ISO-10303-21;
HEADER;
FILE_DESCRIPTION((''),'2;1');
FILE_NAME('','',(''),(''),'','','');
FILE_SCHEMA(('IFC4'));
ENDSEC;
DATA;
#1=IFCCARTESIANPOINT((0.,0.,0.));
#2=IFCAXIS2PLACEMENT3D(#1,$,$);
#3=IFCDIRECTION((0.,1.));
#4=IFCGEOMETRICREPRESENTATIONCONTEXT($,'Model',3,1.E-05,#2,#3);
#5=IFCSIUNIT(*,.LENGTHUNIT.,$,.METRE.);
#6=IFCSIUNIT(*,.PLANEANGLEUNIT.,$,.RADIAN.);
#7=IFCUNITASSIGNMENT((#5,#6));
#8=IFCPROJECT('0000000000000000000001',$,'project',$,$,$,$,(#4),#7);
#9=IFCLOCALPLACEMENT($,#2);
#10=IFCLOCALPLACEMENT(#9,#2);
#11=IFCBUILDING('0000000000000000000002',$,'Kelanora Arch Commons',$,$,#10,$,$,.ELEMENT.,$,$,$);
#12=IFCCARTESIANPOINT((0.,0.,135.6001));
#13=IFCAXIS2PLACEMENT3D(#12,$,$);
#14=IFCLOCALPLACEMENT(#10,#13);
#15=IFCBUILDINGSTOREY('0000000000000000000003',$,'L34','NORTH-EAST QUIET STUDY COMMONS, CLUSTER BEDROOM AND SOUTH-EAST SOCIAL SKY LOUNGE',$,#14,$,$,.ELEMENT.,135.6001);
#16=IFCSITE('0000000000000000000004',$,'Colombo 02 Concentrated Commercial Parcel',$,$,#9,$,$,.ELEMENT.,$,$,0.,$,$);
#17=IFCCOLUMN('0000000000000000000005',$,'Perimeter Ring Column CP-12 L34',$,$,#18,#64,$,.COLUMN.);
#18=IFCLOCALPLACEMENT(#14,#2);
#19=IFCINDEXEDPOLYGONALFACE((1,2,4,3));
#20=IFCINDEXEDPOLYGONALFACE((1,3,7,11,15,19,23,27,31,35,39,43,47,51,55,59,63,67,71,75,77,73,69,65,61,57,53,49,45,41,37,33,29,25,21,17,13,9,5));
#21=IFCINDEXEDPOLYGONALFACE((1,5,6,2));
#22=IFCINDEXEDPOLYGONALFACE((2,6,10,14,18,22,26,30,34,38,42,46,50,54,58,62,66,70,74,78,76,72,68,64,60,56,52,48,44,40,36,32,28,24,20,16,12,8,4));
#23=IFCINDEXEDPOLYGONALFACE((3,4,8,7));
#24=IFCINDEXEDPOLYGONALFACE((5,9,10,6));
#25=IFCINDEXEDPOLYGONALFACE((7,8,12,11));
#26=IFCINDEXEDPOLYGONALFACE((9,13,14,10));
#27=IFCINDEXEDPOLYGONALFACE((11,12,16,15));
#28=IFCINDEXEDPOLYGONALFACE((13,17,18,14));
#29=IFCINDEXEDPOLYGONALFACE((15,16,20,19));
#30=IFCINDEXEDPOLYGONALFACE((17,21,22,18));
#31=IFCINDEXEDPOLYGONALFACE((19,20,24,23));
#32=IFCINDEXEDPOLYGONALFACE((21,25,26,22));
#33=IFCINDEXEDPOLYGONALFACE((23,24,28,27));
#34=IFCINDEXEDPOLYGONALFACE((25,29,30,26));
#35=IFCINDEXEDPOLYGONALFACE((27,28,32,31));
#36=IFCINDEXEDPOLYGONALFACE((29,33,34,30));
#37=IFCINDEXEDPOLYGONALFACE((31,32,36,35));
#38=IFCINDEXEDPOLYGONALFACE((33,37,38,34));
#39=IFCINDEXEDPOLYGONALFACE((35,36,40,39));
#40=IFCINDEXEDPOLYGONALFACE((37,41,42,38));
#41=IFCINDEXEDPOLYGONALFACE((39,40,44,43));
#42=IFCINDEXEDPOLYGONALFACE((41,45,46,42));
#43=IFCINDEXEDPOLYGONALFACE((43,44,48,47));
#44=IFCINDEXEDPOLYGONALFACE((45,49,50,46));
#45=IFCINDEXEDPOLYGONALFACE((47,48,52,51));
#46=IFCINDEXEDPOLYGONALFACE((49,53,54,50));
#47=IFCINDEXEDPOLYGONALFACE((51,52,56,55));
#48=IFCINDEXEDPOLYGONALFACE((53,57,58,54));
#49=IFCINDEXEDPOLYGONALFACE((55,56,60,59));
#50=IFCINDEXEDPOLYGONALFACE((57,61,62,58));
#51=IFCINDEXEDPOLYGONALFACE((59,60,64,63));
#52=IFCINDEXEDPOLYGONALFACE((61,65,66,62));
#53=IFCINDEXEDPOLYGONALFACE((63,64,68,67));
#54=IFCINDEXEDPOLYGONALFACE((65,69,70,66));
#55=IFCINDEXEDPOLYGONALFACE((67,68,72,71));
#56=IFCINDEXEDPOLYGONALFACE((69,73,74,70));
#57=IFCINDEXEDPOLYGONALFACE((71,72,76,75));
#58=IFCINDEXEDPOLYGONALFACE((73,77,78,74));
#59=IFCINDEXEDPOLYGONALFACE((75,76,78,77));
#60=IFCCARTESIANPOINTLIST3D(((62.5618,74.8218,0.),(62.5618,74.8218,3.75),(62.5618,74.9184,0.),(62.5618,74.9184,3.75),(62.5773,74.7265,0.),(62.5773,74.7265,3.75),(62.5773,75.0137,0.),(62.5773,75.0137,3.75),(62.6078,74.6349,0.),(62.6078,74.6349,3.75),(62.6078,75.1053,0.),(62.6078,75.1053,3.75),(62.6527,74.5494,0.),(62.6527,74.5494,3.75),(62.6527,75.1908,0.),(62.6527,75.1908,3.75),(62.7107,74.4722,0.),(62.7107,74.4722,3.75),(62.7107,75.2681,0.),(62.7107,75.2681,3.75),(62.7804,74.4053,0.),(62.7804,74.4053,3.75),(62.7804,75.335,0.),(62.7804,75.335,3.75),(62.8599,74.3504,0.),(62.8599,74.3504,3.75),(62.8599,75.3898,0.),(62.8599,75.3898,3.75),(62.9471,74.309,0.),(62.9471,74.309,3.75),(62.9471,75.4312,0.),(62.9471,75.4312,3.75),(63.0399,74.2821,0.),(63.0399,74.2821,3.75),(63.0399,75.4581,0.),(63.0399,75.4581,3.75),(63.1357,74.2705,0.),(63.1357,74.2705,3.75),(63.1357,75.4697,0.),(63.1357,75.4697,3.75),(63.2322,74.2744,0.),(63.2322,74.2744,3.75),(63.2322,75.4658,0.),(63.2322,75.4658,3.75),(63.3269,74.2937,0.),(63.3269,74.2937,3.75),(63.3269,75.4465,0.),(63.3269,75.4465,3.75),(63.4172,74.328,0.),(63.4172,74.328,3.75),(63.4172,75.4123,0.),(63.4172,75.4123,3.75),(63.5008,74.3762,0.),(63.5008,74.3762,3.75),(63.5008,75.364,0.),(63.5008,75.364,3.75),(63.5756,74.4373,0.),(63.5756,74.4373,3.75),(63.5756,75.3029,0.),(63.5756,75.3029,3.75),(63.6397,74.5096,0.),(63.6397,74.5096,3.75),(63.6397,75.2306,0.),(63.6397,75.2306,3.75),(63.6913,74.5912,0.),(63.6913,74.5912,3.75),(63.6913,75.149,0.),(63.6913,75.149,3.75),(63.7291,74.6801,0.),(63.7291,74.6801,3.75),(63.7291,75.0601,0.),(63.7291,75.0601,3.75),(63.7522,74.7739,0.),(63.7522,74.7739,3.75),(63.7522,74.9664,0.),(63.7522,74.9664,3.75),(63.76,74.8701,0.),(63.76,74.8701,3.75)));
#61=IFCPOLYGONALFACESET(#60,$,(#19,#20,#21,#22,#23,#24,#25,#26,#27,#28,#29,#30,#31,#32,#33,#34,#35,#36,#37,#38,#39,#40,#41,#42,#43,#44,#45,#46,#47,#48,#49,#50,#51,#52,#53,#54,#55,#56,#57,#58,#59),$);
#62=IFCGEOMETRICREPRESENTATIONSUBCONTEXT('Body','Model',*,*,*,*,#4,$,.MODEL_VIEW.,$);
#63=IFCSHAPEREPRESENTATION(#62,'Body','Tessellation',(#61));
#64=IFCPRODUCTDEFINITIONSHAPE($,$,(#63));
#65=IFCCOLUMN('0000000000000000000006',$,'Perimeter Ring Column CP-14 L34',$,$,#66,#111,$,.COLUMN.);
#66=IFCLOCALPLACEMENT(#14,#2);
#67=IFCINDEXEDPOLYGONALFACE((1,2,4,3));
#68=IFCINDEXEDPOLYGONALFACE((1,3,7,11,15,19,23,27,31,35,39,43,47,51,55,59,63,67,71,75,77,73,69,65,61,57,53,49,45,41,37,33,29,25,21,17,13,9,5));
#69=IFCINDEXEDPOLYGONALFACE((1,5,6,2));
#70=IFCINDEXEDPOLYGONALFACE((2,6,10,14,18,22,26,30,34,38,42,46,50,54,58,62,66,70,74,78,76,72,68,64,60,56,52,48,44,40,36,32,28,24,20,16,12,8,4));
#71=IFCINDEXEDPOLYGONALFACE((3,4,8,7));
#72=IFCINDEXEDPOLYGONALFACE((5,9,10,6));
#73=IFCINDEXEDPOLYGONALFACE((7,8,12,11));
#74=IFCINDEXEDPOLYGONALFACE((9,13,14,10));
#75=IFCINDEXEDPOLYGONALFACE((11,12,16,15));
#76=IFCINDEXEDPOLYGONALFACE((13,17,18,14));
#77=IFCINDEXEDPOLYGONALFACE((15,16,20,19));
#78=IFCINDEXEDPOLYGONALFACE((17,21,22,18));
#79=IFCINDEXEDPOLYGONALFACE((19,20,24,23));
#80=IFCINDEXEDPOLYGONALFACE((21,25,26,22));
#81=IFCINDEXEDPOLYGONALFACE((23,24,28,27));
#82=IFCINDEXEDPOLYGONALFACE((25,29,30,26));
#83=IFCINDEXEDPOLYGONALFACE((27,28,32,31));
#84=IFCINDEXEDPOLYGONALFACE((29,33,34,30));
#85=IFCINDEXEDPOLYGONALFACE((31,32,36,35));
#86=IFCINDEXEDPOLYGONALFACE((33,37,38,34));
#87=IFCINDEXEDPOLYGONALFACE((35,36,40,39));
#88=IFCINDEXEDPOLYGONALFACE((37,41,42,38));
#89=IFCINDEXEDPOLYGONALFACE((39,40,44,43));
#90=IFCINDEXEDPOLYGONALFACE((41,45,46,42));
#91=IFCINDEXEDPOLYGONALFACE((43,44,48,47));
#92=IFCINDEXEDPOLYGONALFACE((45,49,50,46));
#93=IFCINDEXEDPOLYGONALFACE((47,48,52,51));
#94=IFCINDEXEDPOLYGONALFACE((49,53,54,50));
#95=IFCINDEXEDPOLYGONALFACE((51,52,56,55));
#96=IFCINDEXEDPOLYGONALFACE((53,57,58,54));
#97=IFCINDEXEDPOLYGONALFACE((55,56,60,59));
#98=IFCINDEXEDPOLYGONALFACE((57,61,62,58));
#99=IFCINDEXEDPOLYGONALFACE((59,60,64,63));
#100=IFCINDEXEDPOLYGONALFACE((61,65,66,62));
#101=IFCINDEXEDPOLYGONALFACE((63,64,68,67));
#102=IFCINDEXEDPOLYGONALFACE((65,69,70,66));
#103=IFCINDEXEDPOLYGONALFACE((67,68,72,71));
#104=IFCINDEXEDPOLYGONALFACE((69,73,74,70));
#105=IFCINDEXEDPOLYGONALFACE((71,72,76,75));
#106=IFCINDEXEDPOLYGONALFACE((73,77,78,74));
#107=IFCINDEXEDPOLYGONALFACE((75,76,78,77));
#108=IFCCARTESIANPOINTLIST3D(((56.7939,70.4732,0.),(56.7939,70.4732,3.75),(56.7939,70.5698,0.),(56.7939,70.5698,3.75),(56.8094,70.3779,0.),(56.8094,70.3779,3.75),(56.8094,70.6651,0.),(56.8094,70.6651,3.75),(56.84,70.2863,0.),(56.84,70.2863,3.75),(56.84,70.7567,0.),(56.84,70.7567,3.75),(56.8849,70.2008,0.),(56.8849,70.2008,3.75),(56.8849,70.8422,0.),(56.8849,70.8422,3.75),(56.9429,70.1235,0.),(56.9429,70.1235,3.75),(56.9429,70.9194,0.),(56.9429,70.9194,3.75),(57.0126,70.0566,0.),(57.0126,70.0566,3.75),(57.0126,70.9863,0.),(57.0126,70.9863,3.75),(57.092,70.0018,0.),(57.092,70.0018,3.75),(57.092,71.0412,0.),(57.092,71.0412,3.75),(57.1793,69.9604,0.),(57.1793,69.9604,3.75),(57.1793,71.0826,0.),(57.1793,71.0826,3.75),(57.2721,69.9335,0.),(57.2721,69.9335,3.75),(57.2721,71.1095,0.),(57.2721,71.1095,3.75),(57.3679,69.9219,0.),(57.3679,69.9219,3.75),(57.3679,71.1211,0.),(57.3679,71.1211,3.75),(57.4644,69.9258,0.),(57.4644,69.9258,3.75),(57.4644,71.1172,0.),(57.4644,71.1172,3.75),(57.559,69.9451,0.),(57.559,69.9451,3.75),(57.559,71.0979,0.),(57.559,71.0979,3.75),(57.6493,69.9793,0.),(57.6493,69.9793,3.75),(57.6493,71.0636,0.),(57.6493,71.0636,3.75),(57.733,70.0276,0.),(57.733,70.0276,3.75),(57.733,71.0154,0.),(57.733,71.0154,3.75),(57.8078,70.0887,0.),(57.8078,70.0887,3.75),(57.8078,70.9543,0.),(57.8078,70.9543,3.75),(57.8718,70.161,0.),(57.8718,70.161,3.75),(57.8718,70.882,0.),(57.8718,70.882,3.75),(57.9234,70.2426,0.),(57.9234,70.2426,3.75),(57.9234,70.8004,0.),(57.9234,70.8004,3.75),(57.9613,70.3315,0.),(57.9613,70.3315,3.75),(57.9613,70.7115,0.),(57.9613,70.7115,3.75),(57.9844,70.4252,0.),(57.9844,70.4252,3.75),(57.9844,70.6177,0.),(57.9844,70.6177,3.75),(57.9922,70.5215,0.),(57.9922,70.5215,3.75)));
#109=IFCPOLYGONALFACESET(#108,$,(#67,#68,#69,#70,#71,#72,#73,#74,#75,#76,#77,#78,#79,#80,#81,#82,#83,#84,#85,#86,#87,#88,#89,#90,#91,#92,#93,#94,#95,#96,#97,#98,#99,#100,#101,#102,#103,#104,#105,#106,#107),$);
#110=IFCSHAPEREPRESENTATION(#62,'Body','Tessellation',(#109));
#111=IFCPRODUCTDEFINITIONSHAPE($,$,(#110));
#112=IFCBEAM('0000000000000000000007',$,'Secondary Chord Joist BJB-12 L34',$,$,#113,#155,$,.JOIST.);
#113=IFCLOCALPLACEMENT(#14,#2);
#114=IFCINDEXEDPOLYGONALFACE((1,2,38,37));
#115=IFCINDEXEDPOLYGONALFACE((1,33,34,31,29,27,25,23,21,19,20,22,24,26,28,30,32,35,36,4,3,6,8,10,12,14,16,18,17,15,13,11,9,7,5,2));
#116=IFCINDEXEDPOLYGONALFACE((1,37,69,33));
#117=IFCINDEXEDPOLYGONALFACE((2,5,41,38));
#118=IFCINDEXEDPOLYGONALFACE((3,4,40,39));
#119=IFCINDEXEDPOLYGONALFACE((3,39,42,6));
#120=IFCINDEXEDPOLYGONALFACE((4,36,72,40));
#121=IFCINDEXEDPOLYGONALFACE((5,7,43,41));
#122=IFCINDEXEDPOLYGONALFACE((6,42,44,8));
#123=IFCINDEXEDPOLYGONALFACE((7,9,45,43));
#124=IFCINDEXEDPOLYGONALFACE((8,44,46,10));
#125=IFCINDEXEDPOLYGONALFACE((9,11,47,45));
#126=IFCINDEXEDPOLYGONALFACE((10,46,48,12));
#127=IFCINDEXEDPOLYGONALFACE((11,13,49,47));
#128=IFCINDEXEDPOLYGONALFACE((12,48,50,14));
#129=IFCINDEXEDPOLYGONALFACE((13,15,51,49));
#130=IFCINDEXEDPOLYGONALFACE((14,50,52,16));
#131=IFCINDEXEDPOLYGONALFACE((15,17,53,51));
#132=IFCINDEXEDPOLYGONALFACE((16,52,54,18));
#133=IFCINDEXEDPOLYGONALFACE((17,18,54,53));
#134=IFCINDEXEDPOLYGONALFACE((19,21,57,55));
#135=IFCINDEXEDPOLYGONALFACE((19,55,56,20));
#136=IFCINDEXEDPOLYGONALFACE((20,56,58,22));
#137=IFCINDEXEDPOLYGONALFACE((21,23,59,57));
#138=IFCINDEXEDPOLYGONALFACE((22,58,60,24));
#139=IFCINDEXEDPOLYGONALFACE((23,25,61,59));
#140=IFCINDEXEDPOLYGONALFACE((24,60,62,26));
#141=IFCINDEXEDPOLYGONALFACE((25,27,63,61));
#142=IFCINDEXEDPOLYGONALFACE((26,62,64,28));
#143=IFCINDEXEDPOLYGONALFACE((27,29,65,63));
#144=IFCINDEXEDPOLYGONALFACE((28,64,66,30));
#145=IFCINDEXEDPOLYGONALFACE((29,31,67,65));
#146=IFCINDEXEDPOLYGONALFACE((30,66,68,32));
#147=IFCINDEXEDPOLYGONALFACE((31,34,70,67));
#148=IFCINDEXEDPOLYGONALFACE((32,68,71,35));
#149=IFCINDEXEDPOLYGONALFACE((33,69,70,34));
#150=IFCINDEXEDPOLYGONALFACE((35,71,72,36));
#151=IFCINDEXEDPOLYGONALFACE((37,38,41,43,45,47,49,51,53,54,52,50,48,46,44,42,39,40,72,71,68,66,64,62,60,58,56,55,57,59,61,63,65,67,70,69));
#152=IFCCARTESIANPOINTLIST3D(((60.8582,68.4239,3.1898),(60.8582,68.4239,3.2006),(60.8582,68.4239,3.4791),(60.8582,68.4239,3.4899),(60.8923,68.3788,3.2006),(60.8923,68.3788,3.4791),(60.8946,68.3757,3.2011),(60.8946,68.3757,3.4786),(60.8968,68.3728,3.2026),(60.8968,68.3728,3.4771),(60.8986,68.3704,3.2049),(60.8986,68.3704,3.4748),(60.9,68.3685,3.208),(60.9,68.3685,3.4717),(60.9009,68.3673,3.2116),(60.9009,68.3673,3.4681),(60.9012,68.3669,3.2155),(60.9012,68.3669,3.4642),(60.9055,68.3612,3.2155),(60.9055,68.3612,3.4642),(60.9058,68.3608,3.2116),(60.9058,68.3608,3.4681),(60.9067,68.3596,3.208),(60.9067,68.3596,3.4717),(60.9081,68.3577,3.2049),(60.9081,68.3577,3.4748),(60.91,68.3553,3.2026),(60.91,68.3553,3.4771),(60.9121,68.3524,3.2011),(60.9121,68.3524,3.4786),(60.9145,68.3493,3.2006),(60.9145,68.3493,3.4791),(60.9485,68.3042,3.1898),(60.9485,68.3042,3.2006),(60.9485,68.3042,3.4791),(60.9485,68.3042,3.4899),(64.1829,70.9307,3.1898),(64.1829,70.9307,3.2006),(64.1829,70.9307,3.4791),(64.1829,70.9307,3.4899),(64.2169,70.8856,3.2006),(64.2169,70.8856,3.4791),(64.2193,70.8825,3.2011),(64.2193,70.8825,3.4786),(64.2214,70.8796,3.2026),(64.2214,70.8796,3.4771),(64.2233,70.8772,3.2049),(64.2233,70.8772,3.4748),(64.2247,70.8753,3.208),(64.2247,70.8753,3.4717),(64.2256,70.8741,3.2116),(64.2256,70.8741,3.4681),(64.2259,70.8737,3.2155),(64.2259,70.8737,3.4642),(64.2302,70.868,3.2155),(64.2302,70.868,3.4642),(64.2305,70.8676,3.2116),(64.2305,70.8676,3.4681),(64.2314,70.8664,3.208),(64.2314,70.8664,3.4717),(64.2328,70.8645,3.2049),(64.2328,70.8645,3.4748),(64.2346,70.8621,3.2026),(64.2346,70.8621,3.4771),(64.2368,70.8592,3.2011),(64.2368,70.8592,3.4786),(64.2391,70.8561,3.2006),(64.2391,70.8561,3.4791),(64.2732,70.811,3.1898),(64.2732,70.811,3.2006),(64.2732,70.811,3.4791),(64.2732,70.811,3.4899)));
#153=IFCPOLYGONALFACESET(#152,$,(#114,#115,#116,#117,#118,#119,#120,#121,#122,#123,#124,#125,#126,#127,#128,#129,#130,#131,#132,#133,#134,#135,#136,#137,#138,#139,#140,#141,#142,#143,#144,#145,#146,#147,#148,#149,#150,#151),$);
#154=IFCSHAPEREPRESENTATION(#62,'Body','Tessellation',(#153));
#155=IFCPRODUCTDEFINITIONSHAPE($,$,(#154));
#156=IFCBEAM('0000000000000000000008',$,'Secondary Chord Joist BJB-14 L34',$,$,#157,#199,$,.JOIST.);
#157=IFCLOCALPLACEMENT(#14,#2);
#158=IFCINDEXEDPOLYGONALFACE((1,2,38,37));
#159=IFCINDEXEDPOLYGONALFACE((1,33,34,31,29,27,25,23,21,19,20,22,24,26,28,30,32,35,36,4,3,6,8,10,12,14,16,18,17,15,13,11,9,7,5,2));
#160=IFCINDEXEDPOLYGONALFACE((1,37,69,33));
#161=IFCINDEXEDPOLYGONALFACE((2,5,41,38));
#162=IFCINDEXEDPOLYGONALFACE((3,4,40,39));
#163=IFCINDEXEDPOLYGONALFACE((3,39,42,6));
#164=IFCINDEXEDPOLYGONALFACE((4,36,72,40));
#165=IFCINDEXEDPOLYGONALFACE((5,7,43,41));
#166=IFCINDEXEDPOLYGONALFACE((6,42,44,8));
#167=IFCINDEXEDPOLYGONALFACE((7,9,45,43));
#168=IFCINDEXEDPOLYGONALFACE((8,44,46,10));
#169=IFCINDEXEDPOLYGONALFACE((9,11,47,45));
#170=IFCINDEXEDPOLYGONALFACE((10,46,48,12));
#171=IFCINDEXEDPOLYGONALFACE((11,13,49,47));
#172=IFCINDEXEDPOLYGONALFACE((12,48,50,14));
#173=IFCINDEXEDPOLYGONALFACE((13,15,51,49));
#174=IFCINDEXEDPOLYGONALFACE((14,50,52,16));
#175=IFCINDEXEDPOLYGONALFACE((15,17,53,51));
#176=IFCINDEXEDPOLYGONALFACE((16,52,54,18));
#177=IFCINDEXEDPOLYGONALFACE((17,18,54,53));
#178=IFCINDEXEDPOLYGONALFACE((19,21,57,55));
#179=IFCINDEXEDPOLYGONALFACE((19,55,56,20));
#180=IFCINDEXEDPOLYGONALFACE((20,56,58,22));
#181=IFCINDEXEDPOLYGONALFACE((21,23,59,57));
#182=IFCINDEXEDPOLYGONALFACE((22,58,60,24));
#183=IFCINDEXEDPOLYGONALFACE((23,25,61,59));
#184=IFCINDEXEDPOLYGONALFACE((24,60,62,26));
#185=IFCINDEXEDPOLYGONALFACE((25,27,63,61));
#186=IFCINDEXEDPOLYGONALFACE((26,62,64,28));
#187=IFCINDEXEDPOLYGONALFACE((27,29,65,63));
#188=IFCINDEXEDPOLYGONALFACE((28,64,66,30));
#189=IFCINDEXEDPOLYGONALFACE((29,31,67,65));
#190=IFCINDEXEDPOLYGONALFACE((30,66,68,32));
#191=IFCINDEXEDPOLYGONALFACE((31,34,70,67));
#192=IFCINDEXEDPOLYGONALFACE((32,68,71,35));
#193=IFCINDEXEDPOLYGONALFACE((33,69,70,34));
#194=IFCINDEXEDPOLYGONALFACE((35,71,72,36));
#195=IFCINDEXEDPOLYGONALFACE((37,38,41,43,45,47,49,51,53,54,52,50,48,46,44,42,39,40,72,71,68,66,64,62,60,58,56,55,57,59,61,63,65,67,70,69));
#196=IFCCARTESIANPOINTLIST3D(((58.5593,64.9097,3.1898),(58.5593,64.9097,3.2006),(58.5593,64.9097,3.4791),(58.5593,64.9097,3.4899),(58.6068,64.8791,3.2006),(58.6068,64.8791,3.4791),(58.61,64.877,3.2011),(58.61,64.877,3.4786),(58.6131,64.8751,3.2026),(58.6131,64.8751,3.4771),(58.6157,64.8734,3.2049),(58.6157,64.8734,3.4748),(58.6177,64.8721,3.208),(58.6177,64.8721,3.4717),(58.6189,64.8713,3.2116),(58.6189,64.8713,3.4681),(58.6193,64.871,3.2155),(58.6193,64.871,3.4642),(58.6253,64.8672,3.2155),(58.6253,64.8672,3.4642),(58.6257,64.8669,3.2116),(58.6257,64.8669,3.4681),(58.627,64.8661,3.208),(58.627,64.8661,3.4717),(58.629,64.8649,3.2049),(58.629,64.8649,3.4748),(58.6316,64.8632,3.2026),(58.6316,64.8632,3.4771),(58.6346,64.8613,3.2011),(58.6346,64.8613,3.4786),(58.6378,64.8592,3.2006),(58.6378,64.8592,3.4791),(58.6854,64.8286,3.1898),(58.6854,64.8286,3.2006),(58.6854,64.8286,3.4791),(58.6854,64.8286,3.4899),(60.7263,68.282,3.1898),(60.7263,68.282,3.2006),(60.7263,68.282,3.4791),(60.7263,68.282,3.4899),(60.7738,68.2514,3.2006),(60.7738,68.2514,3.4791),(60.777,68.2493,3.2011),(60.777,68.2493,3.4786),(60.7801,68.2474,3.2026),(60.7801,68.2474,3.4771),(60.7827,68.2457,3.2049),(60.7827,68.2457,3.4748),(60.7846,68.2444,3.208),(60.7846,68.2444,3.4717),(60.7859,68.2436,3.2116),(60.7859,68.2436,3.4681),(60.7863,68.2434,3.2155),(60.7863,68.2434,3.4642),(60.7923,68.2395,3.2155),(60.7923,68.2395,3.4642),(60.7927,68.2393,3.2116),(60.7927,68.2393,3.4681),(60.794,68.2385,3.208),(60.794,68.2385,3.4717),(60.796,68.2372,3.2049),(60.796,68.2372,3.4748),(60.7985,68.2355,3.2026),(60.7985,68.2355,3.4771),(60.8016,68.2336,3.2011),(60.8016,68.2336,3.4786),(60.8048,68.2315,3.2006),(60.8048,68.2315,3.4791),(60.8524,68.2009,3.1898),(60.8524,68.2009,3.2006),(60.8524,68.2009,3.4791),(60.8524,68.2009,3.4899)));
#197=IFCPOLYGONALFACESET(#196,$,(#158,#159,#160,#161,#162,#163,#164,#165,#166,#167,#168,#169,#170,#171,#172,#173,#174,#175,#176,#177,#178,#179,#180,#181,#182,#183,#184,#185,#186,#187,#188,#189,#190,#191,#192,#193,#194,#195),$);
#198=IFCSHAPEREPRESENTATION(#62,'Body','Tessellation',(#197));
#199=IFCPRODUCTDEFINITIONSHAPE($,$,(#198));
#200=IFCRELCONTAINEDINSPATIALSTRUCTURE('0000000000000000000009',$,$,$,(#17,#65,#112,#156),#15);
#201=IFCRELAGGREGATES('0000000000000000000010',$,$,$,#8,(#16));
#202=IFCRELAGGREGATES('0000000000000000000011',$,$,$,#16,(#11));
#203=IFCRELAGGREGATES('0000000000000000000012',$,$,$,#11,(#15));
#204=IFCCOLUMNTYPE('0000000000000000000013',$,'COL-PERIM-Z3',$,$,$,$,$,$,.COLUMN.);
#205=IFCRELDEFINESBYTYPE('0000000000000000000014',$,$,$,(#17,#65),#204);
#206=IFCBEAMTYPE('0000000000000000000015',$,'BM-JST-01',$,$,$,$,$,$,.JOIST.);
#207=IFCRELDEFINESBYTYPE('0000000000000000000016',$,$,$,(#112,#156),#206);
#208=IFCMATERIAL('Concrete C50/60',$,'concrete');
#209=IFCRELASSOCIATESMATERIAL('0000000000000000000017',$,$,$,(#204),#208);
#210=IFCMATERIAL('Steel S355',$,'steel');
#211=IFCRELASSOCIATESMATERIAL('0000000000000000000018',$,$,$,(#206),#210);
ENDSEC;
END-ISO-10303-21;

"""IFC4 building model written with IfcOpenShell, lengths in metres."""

from ifc_helpers import new_model, si_unit, direction, frame, origin, origin_2d, place, context, subcontext, project, spatial, circle, i_section, extrude, material, material_profile, profile_set, type_object, element, save


model = new_model("IFC4")

# Units and contexts
model_context = context("Model", 3, precision=1e-05, world=origin(), true_north=direction((0.0, 1.0)))
body_context = subcontext(model_context, "Body", "Model", "MODEL_VIEW")
ifc_project = project(units=[si_unit("LENGTHUNIT", "METRE"), si_unit("PLANEANGLEUNIT", "RADIAN")], contexts=[model_context])

# Site, building, storey
site_placement = place(None, origin())
site = spatial("IfcSite", under=ifc_project, at=site_placement, Name="Colombo 02 Concentrated Commercial Parcel", CompositionType="ELEMENT", RefElevation=0.0)
building_placement = place(site_placement, origin())
building = spatial("IfcBuilding", under=site, at=building_placement, Name="Kelanora Arch Commons", CompositionType="ELEMENT")
storey_placement = place(building_placement, frame((0.0, 0.0, 135.6001)))
storey = spatial("IfcBuildingStorey", under=building, at=storey_placement, Name="L34", Description="NORTH-EAST QUIET STUDY COMMONS, CLUSTER BEDROOM AND SOUTH-EAST SOCIAL SKY LOUNGE", CompositionType="ELEMENT", Elevation=135.6001)

# Columns
ifc_material_1 = material(Name="Concrete C50/60", Category="concrete")
ifc_material_profile_1 = material_profile(ifc_material_1, circle(Radius=0.6001, at=origin_2d()), Name="RCC1200")
ifc_profile_set_1 = profile_set([ifc_material_profile_1], Name="Concrete C50/60")
column_type = type_object("IfcColumnType", Name="COL-PERIM-Z3", PredefinedType="COLUMN", material=ifc_profile_set_1)
for number, where, z_axis, x_axis, name in (
    (1, (63.1599, 74.8701, 0.0), (0.0, 0.0, 1.0), (1.0, 0.0, 0.0), "Perimeter Ring Column CP-12 L34"),
    (2, (57.3921, 70.5215, 0.0), (0.0, 0.0, 1.0), (1.0, 0.0, 0.0), "Perimeter Ring Column CP-14 L34"),
):
    element("IfcColumn", number, at=place(storey_placement, frame(where, z_axis=z_axis, x_axis=x_axis)), inside=storey, type_object=column_type, Name=name, PredefinedType="COLUMN", context=body_context, shape_type="SweptSolid", body=[
        extrude(circle(Radius=0.6001, at=origin_2d()), origin(), (0.0, 0.0, 1.0), 3.75),
    ])

# Beams
ifc_material_2 = material(Name="Steel S355", Category="steel")
ifc_material_profile_2 = material_profile(ifc_material_2, i_section(OverallWidth=0.1499, OverallDepth=0.3, WebThickness=0.0071, FlangeThickness=0.0107, FilletRadius=0.0149, at=origin_2d()), Name="IPE300")
ifc_profile_set_2 = profile_set([ifc_material_profile_2], Name="Steel S355")
beam_type_1 = type_object("IfcBeamType", Name="BM-JST-01", PredefinedType="JOIST", material=ifc_profile_set_2)
beam_1_placement = place(storey_placement, frame((64.228, 70.8708, 3.3398), z_axis=(-0.798464, -0.602043, 0.0), x_axis=(0.602043, -0.798464, 0.0)))
element("IfcBeam", 3, at=beam_1_placement, inside=storey, type_object=beam_type_1, Name="Secondary Chord Joist BJB-12 L34", PredefinedType="JOIST", context=body_context, shape_type="SweptSolid", body=[
    extrude(i_section(OverallWidth=0.1499, OverallDepth=0.3, WebThickness=0.0071, FlangeThickness=0.0107, FilletRadius=0.0149, at=origin_2d()), origin(), (0.0, 0.0, 1.0), 4.1638),
])
beam_2_placement = place(storey_placement, frame((60.7893, 68.2415, 3.3398), z_axis=(-0.540594, -0.841283, 0.0), x_axis=(0.841283, -0.540594, 0.0)))
element("IfcBeam", 4, at=beam_2_placement, inside=storey, type_object=beam_type_1, Name="Secondary Chord Joist BJB-14 L34", PredefinedType="JOIST", context=body_context, shape_type="SweptSolid", body=[
    extrude(i_section(OverallWidth=0.1499, OverallDepth=0.3, WebThickness=0.0071, FlangeThickness=0.0107, FilletRadius=0.0149, at=origin_2d()), origin(), (0.0, 0.0, 1.0), 4.0085),
])

save(model, "model.ifc")
